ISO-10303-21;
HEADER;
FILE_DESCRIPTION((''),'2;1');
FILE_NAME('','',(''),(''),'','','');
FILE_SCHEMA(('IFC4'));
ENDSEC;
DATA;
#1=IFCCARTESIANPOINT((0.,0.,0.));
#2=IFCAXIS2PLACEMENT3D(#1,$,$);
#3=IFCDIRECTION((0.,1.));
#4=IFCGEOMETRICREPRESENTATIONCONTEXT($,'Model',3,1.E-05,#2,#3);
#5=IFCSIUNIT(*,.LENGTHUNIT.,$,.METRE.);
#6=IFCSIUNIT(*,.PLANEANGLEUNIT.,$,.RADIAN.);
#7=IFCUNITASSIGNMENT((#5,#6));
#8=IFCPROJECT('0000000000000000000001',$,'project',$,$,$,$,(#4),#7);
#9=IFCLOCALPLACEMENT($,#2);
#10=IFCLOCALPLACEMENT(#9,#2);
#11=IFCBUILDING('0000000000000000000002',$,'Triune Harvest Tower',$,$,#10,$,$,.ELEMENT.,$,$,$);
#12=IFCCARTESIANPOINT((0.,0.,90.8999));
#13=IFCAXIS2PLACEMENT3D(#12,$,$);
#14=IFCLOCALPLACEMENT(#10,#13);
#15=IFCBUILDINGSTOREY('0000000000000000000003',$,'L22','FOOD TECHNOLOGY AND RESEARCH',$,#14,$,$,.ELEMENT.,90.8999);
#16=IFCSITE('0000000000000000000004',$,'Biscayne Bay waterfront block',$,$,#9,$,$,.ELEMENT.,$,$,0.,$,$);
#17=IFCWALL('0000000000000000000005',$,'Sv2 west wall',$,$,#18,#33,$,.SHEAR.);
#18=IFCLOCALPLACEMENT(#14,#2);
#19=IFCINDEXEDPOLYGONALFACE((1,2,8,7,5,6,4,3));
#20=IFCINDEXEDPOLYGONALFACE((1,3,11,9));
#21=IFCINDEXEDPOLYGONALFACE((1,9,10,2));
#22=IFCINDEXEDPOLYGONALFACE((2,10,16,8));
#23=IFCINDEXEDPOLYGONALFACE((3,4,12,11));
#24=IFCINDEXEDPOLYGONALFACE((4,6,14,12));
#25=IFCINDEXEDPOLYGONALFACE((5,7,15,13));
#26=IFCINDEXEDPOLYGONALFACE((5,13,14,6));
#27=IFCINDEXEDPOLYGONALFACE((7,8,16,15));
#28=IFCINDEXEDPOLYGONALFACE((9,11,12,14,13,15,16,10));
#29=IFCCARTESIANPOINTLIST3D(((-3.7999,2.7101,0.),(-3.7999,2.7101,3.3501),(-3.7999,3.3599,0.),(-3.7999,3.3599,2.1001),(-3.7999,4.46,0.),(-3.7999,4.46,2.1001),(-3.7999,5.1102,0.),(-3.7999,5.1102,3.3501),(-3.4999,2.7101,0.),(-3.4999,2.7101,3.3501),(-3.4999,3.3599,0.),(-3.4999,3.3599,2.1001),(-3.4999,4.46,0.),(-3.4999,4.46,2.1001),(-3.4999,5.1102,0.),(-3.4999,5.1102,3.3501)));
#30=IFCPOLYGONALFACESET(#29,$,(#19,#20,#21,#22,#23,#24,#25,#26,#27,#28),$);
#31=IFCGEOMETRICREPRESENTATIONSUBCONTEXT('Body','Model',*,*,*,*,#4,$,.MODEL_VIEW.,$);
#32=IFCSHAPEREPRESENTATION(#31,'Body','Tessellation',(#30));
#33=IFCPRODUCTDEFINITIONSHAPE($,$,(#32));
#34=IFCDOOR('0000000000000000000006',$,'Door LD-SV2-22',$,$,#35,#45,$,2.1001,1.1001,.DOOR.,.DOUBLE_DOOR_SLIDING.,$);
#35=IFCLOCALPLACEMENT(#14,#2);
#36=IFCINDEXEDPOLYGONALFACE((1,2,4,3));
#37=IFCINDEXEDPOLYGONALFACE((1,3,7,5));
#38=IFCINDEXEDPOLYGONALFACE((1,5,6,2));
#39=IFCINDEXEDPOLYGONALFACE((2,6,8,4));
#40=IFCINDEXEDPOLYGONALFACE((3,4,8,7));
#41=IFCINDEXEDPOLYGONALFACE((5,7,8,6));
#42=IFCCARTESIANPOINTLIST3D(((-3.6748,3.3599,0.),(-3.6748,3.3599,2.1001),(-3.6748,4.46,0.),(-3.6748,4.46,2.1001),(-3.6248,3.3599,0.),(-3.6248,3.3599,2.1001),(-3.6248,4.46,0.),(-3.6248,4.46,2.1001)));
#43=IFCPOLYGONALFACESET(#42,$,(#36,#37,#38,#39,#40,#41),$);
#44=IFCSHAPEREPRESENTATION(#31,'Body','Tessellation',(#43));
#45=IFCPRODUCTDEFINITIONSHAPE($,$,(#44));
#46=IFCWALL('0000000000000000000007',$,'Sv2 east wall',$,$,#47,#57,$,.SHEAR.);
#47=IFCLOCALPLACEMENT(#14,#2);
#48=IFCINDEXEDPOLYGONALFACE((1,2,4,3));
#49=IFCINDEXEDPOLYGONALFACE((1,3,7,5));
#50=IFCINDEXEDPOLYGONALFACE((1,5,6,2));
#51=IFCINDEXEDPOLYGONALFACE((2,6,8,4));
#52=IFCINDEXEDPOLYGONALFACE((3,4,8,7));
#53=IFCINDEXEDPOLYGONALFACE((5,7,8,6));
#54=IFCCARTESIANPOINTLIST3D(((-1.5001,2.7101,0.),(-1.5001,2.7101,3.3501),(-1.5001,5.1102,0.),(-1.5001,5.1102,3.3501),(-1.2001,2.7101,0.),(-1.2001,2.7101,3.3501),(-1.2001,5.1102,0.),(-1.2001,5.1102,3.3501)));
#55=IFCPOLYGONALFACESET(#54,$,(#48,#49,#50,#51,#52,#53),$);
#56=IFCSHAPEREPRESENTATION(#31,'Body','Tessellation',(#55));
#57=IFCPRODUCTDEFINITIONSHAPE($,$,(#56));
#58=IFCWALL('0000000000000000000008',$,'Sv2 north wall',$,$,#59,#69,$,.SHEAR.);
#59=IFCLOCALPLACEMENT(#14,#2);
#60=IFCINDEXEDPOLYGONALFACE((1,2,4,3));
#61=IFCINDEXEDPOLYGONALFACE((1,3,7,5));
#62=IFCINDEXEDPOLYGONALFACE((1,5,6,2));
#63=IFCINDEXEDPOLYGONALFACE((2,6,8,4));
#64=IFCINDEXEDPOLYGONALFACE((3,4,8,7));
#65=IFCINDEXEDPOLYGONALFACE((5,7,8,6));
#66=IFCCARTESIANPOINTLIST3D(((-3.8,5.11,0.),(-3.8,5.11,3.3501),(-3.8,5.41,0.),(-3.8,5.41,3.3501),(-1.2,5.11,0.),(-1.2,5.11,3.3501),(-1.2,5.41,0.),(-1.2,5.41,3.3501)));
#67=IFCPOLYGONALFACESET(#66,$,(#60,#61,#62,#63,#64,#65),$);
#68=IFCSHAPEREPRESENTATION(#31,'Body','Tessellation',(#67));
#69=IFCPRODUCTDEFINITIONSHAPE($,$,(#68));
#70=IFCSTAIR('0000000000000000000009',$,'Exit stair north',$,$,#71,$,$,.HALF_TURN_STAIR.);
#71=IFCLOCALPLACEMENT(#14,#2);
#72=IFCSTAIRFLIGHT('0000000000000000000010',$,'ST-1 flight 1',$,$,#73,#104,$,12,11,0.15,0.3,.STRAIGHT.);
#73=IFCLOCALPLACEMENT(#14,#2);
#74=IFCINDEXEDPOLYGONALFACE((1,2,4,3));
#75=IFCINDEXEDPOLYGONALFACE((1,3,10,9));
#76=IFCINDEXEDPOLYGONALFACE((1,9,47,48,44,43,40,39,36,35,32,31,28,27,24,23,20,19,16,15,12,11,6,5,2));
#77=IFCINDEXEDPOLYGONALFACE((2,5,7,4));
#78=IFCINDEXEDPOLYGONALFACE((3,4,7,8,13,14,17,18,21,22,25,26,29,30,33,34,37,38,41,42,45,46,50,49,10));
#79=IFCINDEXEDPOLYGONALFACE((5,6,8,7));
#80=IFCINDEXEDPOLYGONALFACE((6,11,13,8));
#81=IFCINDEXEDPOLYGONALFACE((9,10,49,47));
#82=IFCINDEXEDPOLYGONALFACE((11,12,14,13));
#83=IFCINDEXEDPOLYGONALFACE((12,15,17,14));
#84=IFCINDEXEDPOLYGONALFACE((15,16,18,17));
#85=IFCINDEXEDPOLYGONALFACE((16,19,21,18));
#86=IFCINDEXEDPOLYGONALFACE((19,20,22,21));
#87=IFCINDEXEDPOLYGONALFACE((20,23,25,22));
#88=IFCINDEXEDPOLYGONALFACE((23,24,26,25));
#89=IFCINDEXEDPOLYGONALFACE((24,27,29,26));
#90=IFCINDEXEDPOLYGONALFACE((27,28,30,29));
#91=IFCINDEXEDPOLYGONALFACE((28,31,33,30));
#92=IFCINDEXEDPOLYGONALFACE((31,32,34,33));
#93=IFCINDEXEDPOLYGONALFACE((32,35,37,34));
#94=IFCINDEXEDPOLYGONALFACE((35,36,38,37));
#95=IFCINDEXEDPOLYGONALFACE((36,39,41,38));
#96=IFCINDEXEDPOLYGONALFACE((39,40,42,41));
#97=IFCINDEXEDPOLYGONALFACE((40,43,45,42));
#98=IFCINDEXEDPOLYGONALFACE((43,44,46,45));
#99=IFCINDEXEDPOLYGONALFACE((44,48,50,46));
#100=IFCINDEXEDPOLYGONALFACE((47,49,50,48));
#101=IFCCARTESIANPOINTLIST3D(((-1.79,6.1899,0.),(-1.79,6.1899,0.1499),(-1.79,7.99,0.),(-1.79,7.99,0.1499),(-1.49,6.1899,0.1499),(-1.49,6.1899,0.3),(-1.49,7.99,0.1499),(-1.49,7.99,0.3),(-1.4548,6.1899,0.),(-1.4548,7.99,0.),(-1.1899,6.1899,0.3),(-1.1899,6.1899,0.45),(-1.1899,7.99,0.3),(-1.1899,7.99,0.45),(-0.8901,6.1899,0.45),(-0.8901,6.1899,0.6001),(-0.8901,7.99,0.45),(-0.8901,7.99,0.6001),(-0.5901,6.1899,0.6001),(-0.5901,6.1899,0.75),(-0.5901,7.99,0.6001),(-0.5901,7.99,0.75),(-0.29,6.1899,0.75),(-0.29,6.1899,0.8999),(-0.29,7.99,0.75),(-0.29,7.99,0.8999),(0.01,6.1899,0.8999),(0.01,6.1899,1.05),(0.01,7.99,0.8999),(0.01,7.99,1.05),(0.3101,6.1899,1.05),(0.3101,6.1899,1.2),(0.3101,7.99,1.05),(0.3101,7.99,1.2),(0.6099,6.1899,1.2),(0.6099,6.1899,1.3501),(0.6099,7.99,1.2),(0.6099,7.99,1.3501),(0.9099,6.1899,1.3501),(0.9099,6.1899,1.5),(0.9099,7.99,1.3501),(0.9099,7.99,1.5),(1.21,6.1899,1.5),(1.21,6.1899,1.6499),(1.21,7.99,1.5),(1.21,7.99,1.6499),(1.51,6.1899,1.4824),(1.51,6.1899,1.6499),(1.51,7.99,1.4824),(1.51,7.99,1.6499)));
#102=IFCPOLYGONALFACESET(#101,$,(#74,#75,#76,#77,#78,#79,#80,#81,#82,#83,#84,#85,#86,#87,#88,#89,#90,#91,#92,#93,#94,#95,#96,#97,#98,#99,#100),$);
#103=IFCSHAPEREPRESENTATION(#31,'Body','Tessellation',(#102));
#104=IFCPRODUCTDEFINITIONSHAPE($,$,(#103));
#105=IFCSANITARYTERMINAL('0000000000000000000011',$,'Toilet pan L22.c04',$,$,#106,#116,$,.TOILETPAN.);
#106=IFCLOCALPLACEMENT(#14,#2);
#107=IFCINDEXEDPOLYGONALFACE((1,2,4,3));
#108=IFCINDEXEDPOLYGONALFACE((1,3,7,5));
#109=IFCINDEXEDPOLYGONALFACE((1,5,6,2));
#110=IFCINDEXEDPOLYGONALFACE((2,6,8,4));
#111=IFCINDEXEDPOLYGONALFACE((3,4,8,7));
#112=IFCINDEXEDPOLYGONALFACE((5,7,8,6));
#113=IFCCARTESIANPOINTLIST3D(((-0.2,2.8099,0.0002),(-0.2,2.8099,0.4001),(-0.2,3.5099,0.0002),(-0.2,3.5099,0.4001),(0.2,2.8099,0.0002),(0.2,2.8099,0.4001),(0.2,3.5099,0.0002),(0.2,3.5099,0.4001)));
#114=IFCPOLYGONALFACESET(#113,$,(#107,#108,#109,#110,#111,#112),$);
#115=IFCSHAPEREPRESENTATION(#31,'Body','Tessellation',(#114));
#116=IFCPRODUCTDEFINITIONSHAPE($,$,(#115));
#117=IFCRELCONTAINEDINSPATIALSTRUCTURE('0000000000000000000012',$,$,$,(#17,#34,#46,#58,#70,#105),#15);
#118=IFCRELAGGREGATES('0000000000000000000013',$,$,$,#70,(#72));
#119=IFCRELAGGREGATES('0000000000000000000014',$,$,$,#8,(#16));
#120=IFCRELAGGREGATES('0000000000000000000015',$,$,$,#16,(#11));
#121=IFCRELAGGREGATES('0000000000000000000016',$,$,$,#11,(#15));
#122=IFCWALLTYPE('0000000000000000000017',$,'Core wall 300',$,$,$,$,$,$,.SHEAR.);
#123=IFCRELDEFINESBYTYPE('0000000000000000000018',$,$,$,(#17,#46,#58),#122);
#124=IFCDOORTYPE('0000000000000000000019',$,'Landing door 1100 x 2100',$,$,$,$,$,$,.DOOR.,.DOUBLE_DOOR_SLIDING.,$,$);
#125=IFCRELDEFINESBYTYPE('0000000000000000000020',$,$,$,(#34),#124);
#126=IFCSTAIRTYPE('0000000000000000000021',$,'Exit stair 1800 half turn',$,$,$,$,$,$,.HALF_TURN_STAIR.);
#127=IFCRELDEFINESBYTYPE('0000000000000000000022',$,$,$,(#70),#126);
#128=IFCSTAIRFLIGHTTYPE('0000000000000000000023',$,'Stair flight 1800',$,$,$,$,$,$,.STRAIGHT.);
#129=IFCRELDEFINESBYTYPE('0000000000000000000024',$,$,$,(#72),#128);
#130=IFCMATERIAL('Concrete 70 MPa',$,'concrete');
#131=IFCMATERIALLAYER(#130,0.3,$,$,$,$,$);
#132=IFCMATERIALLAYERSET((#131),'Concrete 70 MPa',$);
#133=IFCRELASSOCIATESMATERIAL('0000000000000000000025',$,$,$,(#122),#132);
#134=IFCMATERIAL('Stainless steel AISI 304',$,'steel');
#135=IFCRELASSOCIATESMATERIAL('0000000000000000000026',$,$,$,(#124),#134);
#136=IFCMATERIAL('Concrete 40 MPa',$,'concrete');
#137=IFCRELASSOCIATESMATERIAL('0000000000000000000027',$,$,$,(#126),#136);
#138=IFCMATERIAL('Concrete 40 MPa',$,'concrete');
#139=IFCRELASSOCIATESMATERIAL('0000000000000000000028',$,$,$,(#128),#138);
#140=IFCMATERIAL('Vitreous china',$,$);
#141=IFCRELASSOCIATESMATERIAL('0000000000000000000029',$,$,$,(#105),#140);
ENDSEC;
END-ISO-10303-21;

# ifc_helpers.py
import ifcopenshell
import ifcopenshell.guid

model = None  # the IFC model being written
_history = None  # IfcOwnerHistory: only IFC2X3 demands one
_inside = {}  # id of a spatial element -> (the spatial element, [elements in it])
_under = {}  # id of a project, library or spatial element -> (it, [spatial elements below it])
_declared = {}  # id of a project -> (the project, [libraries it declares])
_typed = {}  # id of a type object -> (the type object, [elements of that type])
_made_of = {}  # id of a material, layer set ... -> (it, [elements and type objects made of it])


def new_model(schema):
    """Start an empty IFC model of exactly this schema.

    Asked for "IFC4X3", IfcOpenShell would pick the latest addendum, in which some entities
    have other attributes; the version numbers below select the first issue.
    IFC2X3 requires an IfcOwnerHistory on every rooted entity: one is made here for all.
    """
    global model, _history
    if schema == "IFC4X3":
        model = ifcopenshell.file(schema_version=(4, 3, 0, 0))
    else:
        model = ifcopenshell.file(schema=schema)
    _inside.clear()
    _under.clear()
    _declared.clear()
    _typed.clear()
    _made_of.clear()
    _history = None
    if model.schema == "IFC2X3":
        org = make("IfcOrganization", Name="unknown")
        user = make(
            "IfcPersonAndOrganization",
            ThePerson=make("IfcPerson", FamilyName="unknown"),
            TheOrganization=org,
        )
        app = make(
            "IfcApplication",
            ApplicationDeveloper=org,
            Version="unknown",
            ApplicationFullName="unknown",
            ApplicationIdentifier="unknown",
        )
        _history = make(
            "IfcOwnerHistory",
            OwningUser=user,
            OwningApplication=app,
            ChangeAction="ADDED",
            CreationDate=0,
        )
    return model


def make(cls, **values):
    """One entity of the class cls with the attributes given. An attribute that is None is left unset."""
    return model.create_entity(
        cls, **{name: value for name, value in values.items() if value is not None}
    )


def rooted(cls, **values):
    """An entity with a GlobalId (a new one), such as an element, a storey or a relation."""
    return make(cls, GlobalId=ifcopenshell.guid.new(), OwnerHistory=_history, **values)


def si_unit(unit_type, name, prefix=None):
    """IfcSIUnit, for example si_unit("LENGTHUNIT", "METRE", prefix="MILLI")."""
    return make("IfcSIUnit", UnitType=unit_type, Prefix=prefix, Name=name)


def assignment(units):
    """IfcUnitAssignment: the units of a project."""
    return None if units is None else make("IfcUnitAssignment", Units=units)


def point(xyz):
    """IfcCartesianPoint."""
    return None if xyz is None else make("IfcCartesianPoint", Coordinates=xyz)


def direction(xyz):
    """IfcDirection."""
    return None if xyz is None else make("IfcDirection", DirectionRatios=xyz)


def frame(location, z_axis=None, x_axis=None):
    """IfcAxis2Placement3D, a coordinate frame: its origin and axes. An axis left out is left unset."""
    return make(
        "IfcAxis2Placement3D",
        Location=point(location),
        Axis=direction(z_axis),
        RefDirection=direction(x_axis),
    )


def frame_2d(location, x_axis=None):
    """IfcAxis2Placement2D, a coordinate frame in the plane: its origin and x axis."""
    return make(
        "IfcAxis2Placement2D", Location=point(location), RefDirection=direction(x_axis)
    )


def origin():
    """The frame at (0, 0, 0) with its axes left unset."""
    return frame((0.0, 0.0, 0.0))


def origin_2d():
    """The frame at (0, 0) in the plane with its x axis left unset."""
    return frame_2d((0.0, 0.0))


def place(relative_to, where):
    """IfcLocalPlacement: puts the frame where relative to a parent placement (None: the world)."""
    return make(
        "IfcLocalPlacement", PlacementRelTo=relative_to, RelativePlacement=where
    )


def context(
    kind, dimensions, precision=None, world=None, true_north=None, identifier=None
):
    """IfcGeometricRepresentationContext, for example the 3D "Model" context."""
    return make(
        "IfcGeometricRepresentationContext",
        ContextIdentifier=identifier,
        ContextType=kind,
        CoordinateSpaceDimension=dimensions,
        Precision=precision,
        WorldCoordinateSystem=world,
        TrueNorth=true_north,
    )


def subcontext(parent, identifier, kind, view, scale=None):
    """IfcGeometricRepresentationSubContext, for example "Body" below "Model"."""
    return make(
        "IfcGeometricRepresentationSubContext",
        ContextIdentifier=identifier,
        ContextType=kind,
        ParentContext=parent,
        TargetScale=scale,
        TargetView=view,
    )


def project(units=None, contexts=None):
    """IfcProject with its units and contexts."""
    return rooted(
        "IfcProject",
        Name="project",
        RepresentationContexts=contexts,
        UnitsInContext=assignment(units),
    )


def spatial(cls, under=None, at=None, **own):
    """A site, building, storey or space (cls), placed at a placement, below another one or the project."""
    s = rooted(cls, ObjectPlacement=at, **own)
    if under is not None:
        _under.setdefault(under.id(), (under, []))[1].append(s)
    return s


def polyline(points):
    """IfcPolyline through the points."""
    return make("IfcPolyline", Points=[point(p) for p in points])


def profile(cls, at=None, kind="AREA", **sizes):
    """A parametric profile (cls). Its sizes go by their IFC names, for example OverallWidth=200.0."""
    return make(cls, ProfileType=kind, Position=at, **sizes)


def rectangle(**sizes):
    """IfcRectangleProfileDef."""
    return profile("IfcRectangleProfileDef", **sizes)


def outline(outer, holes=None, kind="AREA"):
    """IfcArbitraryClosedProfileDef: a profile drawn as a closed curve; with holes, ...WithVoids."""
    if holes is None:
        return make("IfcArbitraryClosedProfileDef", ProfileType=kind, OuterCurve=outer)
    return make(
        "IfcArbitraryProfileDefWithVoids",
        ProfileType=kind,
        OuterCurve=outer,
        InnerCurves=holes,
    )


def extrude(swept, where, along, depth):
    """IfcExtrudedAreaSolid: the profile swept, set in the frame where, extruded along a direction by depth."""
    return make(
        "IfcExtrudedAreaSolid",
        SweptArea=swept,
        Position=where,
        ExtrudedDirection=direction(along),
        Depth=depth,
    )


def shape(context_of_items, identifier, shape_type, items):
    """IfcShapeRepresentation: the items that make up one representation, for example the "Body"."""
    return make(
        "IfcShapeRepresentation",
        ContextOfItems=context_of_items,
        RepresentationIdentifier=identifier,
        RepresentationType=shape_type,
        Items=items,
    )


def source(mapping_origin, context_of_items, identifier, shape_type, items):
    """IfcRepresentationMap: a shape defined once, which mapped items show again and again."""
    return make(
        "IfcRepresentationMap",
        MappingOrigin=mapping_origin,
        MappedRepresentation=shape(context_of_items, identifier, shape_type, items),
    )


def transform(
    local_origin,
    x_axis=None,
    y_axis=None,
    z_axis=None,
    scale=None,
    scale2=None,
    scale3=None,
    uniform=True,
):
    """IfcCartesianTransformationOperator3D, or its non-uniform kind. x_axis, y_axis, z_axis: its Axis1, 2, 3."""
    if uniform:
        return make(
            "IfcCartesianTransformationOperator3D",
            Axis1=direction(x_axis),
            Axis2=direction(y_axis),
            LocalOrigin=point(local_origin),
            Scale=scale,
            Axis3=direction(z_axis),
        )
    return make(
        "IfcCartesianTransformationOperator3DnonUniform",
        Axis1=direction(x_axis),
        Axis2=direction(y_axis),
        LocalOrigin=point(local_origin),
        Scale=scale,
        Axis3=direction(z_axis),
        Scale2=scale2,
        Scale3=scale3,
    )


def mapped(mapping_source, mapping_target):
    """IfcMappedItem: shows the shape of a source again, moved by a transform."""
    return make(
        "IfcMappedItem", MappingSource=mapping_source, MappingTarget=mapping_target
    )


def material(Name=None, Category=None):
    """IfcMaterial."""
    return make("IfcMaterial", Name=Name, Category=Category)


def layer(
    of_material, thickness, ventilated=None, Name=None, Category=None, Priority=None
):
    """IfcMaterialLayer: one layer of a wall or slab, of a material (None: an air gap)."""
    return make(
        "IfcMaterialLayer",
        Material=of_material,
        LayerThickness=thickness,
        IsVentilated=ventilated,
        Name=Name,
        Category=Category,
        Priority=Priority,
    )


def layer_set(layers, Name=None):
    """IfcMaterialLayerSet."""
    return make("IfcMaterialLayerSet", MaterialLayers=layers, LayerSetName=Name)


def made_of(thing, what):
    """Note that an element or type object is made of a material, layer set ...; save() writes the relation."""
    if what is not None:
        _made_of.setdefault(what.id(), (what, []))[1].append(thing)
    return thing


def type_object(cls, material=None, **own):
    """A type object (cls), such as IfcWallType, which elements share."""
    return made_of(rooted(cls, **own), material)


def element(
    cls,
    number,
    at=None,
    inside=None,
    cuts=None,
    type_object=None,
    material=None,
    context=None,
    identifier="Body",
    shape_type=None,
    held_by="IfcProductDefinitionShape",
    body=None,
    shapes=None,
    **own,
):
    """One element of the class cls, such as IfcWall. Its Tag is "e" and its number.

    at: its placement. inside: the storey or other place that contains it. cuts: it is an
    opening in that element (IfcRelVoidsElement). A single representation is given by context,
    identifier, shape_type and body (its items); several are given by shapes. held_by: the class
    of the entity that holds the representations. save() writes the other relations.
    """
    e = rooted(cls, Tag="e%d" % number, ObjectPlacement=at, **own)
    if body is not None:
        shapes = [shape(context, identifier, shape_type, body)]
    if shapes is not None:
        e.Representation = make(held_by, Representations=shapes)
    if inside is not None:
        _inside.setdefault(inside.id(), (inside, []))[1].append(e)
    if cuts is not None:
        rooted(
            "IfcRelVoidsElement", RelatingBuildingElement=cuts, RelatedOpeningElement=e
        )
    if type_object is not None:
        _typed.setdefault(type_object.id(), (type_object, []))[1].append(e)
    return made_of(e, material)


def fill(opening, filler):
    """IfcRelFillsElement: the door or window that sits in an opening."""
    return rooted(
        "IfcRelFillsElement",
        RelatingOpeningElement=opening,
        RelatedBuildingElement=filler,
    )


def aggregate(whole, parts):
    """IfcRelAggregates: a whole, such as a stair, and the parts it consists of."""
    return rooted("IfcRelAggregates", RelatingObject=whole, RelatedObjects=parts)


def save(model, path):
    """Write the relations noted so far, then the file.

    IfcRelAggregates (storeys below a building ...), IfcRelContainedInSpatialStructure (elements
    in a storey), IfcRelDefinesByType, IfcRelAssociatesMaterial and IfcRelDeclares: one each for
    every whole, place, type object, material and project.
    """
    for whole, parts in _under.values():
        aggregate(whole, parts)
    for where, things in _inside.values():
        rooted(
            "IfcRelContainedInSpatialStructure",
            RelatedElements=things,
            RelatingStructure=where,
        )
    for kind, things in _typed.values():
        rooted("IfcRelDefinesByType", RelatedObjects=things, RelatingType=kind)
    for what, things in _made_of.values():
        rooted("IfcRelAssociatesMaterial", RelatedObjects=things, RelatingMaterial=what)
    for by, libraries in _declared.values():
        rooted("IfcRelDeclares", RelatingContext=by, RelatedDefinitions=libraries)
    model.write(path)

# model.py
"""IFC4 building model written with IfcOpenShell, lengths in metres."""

from ifc_helpers import new_model, si_unit, direction, frame, frame_2d, origin, origin_2d, place, context, subcontext, project, spatial, polyline, rectangle, outline, extrude, source, transform, mapped, material, layer, layer_set, type_object, element, fill, aggregate, save


model = new_model("IFC4")

# Units and contexts
model_context = context("Model", 3, precision=1e-05, world=origin(), true_north=direction((0.0, 1.0)))
body_context = subcontext(model_context, "Body", "Model", "MODEL_VIEW")
ifc_project = project(units=[si_unit("LENGTHUNIT", "METRE"), si_unit("PLANEANGLEUNIT", "RADIAN")], contexts=[model_context])

# Site, building, storey
site_placement = place(None, origin())
site = spatial("IfcSite", under=ifc_project, at=site_placement, Name="Biscayne Bay waterfront block", CompositionType="ELEMENT", RefElevation=0.0)
building_placement = place(site_placement, origin())
building = spatial("IfcBuilding", under=site, at=building_placement, Name="Triune Harvest Tower", CompositionType="ELEMENT")
storey_placement = place(building_placement, frame((0.0, 0.0, 90.8999)))
storey = spatial("IfcBuildingStorey", under=building, at=storey_placement, Name="L22", Description="FOOD TECHNOLOGY AND RESEARCH", CompositionType="ELEMENT", Elevation=90.8999)

# Shared definitions
ifc_material_1 = material(Name="Concrete 70 MPa", Category="concrete")
ifc_layer_1 = layer(ifc_material_1, 0.3)
ifc_layer_set_1 = layer_set([ifc_layer_1], Name="Concrete 70 MPa")
wall_type_1 = type_object("IfcWallType", Name="Core wall 300", PredefinedType="SHEAR", material=ifc_layer_set_1)

# Wall, opening, door
shared_shape_1 = source(origin(), body_context, "Body", "SweptSolid", [
    extrude(rectangle(XDim=2.4001, YDim=0.3, at=frame_2d((1.2002, 0.0))), origin(), (0.0, 0.0, 1.0), 3.3501),
])
ifc_material_2 = material(Name="Stainless steel AISI 304", Category="steel")
door_type_1 = type_object("IfcDoorType", Name="Landing door 1100 x 2100", OperationType="DOUBLE_DOOR_SLIDING", PredefinedType="DOOR", material=ifc_material_2)
wall_1_placement = place(storey_placement, frame((-3.6499, 2.71, 0.0), z_axis=(0.0, 0.0, 1.0), x_axis=(0.0, 1.0, 0.0)))
wall_1 = element("IfcWall", 1, at=wall_1_placement, inside=storey, type_object=wall_type_1, Name="Sv2 west wall", PredefinedType="SHEAR", context=body_context, shape_type="MappedRepresentation", body=[
    mapped(shared_shape_1, transform((0.0, 0.0, 0.0), scale=1.0)),
])
opening_1_placement = place(wall_1_placement, frame((0.6499, 0.0, 0.0)))
opening_1 = element("IfcOpeningElement", 2, at=opening_1_placement, cuts=wall_1, PredefinedType="OPENING", context=body_context, shape_type="SweptSolid", body=[
    extrude(rectangle(XDim=1.1001, YDim=2.1001, at=frame_2d((0.55, 1.05))), frame((0.0, 0.1602, 0.0), z_axis=(0.0, -1.0, 0.0), x_axis=(1.0, 0.0, 0.0)), (0.0, 0.0, 1.0), 0.3201),
])
door_1_placement = place(opening_1_placement, origin())
door_1 = element("IfcDoor", 3, at=door_1_placement, inside=storey, type_object=door_type_1, Name="Door LD-SV2-22", OperationType="DOUBLE_DOOR_SLIDING", OverallHeight=2.1001, OverallWidth=1.1001, PredefinedType="DOOR", context=body_context, shape_type="SweptSolid", body=[
    extrude(rectangle(XDim=1.1001, YDim=2.1001, at=frame_2d((0.55, 1.05))), frame((0.0, 0.0249, 0.0), z_axis=(0.0, -1.0, 0.0), x_axis=(1.0, 0.0, 0.0)), (0.0, 0.0, 1.0), 0.05),
])
fill(opening_1, door_1)

# Walls
wall_2_placement = place(storey_placement, frame((-1.3501, 2.71, 0.0), z_axis=(0.0, 0.0, 1.0), x_axis=(0.0, 1.0, 0.0)))
element("IfcWall", 4, at=wall_2_placement, inside=storey, type_object=wall_type_1, Name="Sv2 east wall", PredefinedType="SHEAR", context=body_context, shape_type="MappedRepresentation", body=[
    mapped(shared_shape_1, transform((0.0, 0.0, 0.0), scale=1.0)),
])
shared_shape_2 = source(origin(), body_context, "Body", "SweptSolid", [
    extrude(rectangle(XDim=2.6001, YDim=0.3, at=frame_2d((1.3, 0.0))), origin(), (0.0, 0.0, 1.0), 3.3501),
])
wall_3_placement = place(storey_placement, frame((-3.8, 5.26, 0.0), z_axis=(0.0, 0.0, 1.0), x_axis=(1.0, 0.0, 0.0)))
element("IfcWall", 5, at=wall_3_placement, inside=storey, type_object=wall_type_1, Name="Sv2 north wall", PredefinedType="SHEAR", context=body_context, shape_type="MappedRepresentation", body=[
    mapped(shared_shape_2, transform((0.0, 0.0, 0.0), scale=1.0)),
])

# Stair, stair flight
ifc_material_3 = material(Name="Concrete 40 MPa", Category="concrete")
stair_type = type_object("IfcStairType", Name="Exit stair 1800 half turn", PredefinedType="HALF_TURN_STAIR", material=ifc_material_3)
stair_placement = place(storey_placement, origin())
stair = element("IfcStair", 6, at=stair_placement, inside=storey, type_object=stair_type, Name="Exit stair north", PredefinedType="HALF_TURN_STAIR")
ifc_material_4 = material(Name="Concrete 40 MPa", Category="concrete")
stair_flight_type = type_object("IfcStairFlightType", Name="Stair flight 1800", PredefinedType="STRAIGHT", material=ifc_material_4)
shared_shape_3 = source(origin(), body_context, "Body", "SweptSolid", [
    extrude(outline(polyline([(0.0, 0.0), (0.0, 0.1499), (0.3, 0.1499), (0.3, 0.3), (0.6001, 0.3), (0.6001, 0.45), (0.8999, 0.45), (0.8999, 0.6001), (1.2, 0.6001), (1.2, 0.75), (1.5, 0.75), (1.5, 0.8999), (1.8, 0.8999), (1.8, 1.05), (2.1001, 1.05), (2.1001, 1.2), (2.3999, 1.2), (2.3999, 1.3501), (2.7, 1.3501), (2.7, 1.5), (3.0, 1.5), (3.0, 1.6499), (3.3, 1.6499), (3.3, 1.8), (3.3, 1.4824), (0.3352, 0.0), (0.0, 0.0)])), frame((0.0, 0.8999, 0.0), z_axis=(0.0, -1.0, 0.0), x_axis=(1.0, 0.0, 0.0)), (0.0, 0.0, 1.0), 1.8),
])
stair_flight_placement = place(storey_placement, frame((-1.79, 7.0901, 0.0), z_axis=(0.0, 0.0, 1.0), x_axis=(1.0, 0.0, 0.0)))
stair_flight = element("IfcStairFlight", 7, at=stair_flight_placement, type_object=stair_flight_type, Name="ST-1 flight 1", NumberOfRisers=12, NumberOfTreads=11, PredefinedType="STRAIGHT", RiserHeight=0.15, TreadLength=0.3, context=body_context, shape_type="MappedRepresentation", body=[
    mapped(shared_shape_3, transform((0.0, 0.0, 0.0), scale=1.0)),
])
aggregate(stair, [stair_flight])

# Sanitary terminal
ifc_material_5 = material(Name="Vitreous china")
shared_shape_4 = source(origin(), body_context, "Body", "SweptSolid", [
    extrude(rectangle(XDim=0.3999, YDim=0.7, at=origin_2d()), origin(), (0.0, 0.0, 1.0), 0.3999),
])
sanitary_terminal_placement = place(storey_placement, frame((0.0, 3.1599, 0.0002), z_axis=(0.0, 0.0, 1.0), x_axis=(-1.0, 0.0, 0.0)))
element("IfcSanitaryTerminal", 8, at=sanitary_terminal_placement, inside=storey, material=ifc_material_5, Name="Toilet pan L22.c04", PredefinedType="TOILETPAN", context=body_context, shape_type="MappedRepresentation", body=[
    mapped(shared_shape_4, transform((0.0, 0.0, 0.0), scale=1.0)),
])

save(model, "model.ifc")
